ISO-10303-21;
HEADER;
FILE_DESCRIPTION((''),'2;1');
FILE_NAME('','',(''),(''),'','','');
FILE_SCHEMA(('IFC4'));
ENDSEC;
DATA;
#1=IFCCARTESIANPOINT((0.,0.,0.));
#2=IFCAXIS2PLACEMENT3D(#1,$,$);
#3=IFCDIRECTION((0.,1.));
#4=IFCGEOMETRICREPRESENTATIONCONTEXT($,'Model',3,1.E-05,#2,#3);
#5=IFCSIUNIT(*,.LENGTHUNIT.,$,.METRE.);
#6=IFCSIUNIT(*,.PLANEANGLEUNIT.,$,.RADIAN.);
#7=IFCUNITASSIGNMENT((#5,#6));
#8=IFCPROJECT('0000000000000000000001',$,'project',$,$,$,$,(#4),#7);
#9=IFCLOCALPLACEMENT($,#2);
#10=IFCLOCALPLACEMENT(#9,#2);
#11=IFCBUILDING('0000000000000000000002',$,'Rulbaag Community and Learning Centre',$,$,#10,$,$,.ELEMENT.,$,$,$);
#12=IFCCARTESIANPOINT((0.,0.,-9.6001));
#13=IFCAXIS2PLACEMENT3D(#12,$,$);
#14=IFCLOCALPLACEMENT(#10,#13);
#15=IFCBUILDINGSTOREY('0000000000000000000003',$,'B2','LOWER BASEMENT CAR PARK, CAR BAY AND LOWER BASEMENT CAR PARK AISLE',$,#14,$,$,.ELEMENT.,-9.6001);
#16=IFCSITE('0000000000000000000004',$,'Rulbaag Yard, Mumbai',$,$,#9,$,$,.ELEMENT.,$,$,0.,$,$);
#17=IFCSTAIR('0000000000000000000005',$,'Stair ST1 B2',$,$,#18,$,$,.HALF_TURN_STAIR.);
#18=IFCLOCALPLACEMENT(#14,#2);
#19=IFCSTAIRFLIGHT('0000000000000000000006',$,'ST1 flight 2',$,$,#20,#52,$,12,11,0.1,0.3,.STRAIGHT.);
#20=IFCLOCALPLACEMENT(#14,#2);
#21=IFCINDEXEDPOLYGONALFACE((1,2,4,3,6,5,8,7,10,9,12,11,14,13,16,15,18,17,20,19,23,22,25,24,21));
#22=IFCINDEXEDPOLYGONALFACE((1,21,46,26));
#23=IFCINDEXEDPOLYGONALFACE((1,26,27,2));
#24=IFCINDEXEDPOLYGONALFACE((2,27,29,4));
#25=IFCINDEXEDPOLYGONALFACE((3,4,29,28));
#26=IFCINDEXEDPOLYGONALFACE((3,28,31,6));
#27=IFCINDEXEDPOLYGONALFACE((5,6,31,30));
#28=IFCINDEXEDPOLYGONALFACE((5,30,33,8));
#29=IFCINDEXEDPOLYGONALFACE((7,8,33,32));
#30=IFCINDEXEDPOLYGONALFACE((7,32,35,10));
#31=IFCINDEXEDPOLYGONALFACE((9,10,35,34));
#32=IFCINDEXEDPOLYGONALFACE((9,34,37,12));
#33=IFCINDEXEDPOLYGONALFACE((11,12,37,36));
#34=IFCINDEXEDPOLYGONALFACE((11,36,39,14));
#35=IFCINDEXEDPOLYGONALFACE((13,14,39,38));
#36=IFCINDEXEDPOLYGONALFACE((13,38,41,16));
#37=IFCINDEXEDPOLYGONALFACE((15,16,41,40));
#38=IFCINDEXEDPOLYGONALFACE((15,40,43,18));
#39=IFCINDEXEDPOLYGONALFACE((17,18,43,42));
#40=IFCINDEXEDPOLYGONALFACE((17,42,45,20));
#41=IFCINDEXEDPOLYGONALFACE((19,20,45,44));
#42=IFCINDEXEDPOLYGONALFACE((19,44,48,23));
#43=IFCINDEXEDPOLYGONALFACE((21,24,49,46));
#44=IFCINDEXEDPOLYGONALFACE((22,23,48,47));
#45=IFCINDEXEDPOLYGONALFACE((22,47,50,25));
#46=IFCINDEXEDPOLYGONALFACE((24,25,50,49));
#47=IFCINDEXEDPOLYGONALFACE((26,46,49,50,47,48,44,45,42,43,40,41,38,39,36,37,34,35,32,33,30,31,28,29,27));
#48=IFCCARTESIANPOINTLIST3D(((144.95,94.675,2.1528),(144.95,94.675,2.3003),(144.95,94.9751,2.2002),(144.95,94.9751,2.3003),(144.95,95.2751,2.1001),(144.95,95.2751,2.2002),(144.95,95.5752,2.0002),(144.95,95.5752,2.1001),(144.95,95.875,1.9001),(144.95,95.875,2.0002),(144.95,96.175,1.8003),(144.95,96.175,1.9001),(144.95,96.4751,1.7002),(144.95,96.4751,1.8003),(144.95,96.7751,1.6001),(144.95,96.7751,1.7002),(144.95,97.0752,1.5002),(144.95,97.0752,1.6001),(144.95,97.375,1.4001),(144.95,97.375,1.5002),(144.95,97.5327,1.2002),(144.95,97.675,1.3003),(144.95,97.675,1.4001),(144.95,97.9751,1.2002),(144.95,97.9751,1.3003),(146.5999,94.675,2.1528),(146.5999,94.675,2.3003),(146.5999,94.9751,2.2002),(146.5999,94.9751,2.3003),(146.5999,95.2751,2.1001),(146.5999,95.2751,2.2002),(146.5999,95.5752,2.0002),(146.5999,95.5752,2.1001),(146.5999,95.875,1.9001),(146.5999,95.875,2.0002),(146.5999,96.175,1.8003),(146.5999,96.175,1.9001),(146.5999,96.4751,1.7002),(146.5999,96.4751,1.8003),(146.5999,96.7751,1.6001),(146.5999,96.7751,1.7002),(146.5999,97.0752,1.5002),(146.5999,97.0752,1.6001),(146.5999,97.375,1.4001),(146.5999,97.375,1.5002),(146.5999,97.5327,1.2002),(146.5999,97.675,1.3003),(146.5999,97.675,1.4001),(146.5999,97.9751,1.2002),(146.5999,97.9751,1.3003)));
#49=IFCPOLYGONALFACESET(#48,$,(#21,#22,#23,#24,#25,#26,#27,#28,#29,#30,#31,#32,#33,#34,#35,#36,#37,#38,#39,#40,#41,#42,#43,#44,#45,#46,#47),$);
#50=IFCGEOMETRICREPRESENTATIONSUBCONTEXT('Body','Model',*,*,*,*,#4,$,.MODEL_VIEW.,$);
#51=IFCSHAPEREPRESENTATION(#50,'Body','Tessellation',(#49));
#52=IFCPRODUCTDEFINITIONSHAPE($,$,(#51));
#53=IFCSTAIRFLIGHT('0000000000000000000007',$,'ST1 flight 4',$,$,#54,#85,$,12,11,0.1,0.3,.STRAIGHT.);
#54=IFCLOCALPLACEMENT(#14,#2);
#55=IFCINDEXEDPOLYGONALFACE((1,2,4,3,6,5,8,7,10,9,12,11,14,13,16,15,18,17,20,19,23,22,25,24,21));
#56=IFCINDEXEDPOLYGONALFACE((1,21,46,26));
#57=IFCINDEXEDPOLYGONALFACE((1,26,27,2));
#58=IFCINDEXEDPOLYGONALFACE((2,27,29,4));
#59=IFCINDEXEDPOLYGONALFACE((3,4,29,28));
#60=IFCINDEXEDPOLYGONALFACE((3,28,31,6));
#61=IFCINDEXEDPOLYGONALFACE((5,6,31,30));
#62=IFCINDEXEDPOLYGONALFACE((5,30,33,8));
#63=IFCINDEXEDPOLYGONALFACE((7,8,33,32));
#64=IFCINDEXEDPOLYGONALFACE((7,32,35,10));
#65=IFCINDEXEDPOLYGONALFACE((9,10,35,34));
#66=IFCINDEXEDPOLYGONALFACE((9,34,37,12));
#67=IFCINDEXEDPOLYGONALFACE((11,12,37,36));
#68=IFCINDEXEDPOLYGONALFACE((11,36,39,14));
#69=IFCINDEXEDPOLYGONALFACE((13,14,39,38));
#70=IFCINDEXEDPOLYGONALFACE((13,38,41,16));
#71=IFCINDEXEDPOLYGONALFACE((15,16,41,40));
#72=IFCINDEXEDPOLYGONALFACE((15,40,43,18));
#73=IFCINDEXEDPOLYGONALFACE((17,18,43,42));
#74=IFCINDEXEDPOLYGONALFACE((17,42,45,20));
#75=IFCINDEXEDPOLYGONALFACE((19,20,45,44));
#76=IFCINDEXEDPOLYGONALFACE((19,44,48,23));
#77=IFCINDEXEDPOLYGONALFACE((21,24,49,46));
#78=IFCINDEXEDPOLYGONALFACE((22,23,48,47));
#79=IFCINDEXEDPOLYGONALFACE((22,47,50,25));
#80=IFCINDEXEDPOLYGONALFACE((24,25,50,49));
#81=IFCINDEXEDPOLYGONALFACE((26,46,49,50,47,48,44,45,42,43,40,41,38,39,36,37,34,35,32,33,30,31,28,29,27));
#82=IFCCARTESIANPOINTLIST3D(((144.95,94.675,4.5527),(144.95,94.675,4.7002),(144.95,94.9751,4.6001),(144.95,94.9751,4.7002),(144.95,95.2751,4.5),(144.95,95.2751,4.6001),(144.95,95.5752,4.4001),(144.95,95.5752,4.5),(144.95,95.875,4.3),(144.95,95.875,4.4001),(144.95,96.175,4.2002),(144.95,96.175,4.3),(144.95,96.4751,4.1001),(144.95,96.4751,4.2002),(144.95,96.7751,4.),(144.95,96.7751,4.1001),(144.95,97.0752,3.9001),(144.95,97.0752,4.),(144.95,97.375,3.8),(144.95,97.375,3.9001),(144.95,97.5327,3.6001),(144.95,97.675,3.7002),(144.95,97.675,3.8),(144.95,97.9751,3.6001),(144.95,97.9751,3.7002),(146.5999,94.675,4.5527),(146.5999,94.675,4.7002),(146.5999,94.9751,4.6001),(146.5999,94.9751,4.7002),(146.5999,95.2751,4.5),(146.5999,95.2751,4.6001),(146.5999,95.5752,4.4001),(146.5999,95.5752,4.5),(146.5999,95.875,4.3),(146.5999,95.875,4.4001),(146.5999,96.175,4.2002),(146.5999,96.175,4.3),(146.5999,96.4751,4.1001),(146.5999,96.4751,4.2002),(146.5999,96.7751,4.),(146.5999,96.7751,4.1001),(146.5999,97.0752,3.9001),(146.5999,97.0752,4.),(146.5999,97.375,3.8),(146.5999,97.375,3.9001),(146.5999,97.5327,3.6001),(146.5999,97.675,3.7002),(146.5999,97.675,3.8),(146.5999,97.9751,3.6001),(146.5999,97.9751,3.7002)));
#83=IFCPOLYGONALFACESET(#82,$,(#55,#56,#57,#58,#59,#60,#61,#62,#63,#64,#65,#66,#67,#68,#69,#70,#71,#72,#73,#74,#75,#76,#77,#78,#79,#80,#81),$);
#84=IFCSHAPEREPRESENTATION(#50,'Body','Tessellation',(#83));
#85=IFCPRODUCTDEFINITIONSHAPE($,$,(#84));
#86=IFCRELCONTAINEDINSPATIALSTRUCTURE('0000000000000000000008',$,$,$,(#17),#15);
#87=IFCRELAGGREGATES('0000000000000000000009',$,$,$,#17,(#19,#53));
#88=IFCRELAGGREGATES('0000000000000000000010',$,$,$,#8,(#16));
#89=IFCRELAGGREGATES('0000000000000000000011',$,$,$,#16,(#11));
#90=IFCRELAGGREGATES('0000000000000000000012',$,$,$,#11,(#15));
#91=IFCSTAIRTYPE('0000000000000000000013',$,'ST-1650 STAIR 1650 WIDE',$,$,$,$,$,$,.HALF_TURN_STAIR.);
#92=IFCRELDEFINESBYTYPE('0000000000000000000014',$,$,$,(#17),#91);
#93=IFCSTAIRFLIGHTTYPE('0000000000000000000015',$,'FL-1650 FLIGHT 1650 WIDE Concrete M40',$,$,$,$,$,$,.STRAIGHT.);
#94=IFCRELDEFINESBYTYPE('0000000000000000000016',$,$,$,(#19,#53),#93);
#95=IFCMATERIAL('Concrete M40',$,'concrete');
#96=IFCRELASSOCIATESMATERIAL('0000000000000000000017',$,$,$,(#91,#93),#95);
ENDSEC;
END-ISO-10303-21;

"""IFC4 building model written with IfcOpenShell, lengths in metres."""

from ifc_helpers import new_model, si_unit, direction, frame, origin, place, context, subcontext, project, spatial, polyline, outline, extrude, material, type_object, element, aggregate, save


model = new_model("IFC4")

# Units and contexts
model_context = context("Model", 3, precision=1e-05, world=origin(), true_north=direction((0.0, 1.0)))
body_context = subcontext(model_context, "Body", "Model", "MODEL_VIEW")
ifc_project = project(units=[si_unit("LENGTHUNIT", "METRE"), si_unit("PLANEANGLEUNIT", "RADIAN")], contexts=[model_context])

# Site, building, storey
site_placement = place(None, origin())
site = spatial("IfcSite", under=ifc_project, at=site_placement, Name="Rulbaag Yard, Mumbai", CompositionType="ELEMENT", RefElevation=0.0)
building_placement = place(site_placement, origin())
building = spatial("IfcBuilding", under=site, at=building_placement, Name="Rulbaag Community and Learning Centre", CompositionType="ELEMENT")
storey_placement = place(building_placement, frame((0.0, 0.0, -9.6001)))
storey = spatial("IfcBuildingStorey", under=building, at=storey_placement, Name="B2", Description="LOWER BASEMENT CAR PARK, CAR BAY AND LOWER BASEMENT CAR PARK AISLE", CompositionType="ELEMENT", Elevation=-9.6001)

# Shared definitions
ifc_material_1 = material(Name="Concrete M40", Category="concrete")

# Stair, stair flights
stair_type = type_object("IfcStairType", Name="ST-1650 STAIR 1650 WIDE", PredefinedType="HALF_TURN_STAIR", material=ifc_material_1)
stair_placement = place(storey_placement, origin())
stair = element("IfcStair", 1, at=stair_placement, inside=storey, type_object=stair_type, Name="Stair ST1 B2", PredefinedType="HALF_TURN_STAIR")
stair_flight_type = type_object("IfcStairFlightType", Name="FL-1650 FLIGHT 1650 WIDE Concrete M40", PredefinedType="STRAIGHT", material=ifc_material_1)
stair_flight_1_placement = place(storey_placement, frame((145.7749, 97.9751, 1.2002), z_axis=(0.0, 0.0, 1.0), x_axis=(0.0, -1.0, 0.0)))
stair_flight_1 = element("IfcStairFlight", 2, at=stair_flight_1_placement, type_object=stair_flight_type, Name="ST1 flight 2", NumberOfRisers=12, NumberOfTreads=11, PredefinedType="STRAIGHT", RiserHeight=0.1, TreadLength=0.3, context=body_context, shape_type="SweptSolid", body=[
    extrude(outline(polyline([(0.0, 0.0), (0.0, 0.1001), (0.3, 0.1001), (0.3, 0.2), (0.6001, 0.2), (0.6001, 0.3), (0.8999, 0.3), (0.8999, 0.3999), (1.2, 0.3999), (1.2, 0.5), (1.5, 0.5), (1.5, 0.6001), (1.8, 0.6001), (1.8, 0.7), (2.1001, 0.7), (2.1001, 0.8), (2.3999, 0.8), (2.3999, 0.8999), (2.7, 0.8999), (2.7, 1.0), (3.0, 1.0), (3.0, 1.1001), (3.3, 1.1001), (3.3, 0.9526), (0.4424, 0.0), (0.0, 0.0)])), frame((0.0, 0.825, 0.0), z_axis=(0.0, -1.0, 0.0), x_axis=(1.0, 0.0, 0.0)), (0.0, 0.0, 1.0), 1.6499),
])
stair_flight_2_placement = place(storey_placement, frame((145.7749, 97.9751, 3.6001), z_axis=(0.0, 0.0, 1.0), x_axis=(0.0, -1.0, 0.0)))
stair_flight_2 = element("IfcStairFlight", 3, at=stair_flight_2_placement, type_object=stair_flight_type, Name="ST1 flight 4", NumberOfRisers=12, NumberOfTreads=11, PredefinedType="STRAIGHT", RiserHeight=0.1, TreadLength=0.3, context=body_context, shape_type="SweptSolid", body=[
    extrude(outline(polyline([(0.0, 0.0), (0.0, 0.1001), (0.3, 0.1001), (0.3, 0.2), (0.6001, 0.2), (0.6001, 0.3), (0.8999, 0.3), (0.8999, 0.3999), (1.2, 0.3999), (1.2, 0.5), (1.5, 0.5), (1.5, 0.6001), (1.8, 0.6001), (1.8, 0.7), (2.1001, 0.7), (2.1001, 0.8), (2.3999, 0.8), (2.3999, 0.8999), (2.7, 0.8999), (2.7, 1.0), (3.0, 1.0), (3.0, 1.1001), (3.3, 1.1001), (3.3, 0.9526), (0.4424, 0.0), (0.0, 0.0)])), frame((0.0, 0.825, 0.0), z_axis=(0.0, -1.0, 0.0), x_axis=(1.0, 0.0, 0.0)), (0.0, 0.0, 1.0), 1.6499),
])
aggregate(stair, [stair_flight_1, stair_flight_2])

save(model, "model.ifc")
